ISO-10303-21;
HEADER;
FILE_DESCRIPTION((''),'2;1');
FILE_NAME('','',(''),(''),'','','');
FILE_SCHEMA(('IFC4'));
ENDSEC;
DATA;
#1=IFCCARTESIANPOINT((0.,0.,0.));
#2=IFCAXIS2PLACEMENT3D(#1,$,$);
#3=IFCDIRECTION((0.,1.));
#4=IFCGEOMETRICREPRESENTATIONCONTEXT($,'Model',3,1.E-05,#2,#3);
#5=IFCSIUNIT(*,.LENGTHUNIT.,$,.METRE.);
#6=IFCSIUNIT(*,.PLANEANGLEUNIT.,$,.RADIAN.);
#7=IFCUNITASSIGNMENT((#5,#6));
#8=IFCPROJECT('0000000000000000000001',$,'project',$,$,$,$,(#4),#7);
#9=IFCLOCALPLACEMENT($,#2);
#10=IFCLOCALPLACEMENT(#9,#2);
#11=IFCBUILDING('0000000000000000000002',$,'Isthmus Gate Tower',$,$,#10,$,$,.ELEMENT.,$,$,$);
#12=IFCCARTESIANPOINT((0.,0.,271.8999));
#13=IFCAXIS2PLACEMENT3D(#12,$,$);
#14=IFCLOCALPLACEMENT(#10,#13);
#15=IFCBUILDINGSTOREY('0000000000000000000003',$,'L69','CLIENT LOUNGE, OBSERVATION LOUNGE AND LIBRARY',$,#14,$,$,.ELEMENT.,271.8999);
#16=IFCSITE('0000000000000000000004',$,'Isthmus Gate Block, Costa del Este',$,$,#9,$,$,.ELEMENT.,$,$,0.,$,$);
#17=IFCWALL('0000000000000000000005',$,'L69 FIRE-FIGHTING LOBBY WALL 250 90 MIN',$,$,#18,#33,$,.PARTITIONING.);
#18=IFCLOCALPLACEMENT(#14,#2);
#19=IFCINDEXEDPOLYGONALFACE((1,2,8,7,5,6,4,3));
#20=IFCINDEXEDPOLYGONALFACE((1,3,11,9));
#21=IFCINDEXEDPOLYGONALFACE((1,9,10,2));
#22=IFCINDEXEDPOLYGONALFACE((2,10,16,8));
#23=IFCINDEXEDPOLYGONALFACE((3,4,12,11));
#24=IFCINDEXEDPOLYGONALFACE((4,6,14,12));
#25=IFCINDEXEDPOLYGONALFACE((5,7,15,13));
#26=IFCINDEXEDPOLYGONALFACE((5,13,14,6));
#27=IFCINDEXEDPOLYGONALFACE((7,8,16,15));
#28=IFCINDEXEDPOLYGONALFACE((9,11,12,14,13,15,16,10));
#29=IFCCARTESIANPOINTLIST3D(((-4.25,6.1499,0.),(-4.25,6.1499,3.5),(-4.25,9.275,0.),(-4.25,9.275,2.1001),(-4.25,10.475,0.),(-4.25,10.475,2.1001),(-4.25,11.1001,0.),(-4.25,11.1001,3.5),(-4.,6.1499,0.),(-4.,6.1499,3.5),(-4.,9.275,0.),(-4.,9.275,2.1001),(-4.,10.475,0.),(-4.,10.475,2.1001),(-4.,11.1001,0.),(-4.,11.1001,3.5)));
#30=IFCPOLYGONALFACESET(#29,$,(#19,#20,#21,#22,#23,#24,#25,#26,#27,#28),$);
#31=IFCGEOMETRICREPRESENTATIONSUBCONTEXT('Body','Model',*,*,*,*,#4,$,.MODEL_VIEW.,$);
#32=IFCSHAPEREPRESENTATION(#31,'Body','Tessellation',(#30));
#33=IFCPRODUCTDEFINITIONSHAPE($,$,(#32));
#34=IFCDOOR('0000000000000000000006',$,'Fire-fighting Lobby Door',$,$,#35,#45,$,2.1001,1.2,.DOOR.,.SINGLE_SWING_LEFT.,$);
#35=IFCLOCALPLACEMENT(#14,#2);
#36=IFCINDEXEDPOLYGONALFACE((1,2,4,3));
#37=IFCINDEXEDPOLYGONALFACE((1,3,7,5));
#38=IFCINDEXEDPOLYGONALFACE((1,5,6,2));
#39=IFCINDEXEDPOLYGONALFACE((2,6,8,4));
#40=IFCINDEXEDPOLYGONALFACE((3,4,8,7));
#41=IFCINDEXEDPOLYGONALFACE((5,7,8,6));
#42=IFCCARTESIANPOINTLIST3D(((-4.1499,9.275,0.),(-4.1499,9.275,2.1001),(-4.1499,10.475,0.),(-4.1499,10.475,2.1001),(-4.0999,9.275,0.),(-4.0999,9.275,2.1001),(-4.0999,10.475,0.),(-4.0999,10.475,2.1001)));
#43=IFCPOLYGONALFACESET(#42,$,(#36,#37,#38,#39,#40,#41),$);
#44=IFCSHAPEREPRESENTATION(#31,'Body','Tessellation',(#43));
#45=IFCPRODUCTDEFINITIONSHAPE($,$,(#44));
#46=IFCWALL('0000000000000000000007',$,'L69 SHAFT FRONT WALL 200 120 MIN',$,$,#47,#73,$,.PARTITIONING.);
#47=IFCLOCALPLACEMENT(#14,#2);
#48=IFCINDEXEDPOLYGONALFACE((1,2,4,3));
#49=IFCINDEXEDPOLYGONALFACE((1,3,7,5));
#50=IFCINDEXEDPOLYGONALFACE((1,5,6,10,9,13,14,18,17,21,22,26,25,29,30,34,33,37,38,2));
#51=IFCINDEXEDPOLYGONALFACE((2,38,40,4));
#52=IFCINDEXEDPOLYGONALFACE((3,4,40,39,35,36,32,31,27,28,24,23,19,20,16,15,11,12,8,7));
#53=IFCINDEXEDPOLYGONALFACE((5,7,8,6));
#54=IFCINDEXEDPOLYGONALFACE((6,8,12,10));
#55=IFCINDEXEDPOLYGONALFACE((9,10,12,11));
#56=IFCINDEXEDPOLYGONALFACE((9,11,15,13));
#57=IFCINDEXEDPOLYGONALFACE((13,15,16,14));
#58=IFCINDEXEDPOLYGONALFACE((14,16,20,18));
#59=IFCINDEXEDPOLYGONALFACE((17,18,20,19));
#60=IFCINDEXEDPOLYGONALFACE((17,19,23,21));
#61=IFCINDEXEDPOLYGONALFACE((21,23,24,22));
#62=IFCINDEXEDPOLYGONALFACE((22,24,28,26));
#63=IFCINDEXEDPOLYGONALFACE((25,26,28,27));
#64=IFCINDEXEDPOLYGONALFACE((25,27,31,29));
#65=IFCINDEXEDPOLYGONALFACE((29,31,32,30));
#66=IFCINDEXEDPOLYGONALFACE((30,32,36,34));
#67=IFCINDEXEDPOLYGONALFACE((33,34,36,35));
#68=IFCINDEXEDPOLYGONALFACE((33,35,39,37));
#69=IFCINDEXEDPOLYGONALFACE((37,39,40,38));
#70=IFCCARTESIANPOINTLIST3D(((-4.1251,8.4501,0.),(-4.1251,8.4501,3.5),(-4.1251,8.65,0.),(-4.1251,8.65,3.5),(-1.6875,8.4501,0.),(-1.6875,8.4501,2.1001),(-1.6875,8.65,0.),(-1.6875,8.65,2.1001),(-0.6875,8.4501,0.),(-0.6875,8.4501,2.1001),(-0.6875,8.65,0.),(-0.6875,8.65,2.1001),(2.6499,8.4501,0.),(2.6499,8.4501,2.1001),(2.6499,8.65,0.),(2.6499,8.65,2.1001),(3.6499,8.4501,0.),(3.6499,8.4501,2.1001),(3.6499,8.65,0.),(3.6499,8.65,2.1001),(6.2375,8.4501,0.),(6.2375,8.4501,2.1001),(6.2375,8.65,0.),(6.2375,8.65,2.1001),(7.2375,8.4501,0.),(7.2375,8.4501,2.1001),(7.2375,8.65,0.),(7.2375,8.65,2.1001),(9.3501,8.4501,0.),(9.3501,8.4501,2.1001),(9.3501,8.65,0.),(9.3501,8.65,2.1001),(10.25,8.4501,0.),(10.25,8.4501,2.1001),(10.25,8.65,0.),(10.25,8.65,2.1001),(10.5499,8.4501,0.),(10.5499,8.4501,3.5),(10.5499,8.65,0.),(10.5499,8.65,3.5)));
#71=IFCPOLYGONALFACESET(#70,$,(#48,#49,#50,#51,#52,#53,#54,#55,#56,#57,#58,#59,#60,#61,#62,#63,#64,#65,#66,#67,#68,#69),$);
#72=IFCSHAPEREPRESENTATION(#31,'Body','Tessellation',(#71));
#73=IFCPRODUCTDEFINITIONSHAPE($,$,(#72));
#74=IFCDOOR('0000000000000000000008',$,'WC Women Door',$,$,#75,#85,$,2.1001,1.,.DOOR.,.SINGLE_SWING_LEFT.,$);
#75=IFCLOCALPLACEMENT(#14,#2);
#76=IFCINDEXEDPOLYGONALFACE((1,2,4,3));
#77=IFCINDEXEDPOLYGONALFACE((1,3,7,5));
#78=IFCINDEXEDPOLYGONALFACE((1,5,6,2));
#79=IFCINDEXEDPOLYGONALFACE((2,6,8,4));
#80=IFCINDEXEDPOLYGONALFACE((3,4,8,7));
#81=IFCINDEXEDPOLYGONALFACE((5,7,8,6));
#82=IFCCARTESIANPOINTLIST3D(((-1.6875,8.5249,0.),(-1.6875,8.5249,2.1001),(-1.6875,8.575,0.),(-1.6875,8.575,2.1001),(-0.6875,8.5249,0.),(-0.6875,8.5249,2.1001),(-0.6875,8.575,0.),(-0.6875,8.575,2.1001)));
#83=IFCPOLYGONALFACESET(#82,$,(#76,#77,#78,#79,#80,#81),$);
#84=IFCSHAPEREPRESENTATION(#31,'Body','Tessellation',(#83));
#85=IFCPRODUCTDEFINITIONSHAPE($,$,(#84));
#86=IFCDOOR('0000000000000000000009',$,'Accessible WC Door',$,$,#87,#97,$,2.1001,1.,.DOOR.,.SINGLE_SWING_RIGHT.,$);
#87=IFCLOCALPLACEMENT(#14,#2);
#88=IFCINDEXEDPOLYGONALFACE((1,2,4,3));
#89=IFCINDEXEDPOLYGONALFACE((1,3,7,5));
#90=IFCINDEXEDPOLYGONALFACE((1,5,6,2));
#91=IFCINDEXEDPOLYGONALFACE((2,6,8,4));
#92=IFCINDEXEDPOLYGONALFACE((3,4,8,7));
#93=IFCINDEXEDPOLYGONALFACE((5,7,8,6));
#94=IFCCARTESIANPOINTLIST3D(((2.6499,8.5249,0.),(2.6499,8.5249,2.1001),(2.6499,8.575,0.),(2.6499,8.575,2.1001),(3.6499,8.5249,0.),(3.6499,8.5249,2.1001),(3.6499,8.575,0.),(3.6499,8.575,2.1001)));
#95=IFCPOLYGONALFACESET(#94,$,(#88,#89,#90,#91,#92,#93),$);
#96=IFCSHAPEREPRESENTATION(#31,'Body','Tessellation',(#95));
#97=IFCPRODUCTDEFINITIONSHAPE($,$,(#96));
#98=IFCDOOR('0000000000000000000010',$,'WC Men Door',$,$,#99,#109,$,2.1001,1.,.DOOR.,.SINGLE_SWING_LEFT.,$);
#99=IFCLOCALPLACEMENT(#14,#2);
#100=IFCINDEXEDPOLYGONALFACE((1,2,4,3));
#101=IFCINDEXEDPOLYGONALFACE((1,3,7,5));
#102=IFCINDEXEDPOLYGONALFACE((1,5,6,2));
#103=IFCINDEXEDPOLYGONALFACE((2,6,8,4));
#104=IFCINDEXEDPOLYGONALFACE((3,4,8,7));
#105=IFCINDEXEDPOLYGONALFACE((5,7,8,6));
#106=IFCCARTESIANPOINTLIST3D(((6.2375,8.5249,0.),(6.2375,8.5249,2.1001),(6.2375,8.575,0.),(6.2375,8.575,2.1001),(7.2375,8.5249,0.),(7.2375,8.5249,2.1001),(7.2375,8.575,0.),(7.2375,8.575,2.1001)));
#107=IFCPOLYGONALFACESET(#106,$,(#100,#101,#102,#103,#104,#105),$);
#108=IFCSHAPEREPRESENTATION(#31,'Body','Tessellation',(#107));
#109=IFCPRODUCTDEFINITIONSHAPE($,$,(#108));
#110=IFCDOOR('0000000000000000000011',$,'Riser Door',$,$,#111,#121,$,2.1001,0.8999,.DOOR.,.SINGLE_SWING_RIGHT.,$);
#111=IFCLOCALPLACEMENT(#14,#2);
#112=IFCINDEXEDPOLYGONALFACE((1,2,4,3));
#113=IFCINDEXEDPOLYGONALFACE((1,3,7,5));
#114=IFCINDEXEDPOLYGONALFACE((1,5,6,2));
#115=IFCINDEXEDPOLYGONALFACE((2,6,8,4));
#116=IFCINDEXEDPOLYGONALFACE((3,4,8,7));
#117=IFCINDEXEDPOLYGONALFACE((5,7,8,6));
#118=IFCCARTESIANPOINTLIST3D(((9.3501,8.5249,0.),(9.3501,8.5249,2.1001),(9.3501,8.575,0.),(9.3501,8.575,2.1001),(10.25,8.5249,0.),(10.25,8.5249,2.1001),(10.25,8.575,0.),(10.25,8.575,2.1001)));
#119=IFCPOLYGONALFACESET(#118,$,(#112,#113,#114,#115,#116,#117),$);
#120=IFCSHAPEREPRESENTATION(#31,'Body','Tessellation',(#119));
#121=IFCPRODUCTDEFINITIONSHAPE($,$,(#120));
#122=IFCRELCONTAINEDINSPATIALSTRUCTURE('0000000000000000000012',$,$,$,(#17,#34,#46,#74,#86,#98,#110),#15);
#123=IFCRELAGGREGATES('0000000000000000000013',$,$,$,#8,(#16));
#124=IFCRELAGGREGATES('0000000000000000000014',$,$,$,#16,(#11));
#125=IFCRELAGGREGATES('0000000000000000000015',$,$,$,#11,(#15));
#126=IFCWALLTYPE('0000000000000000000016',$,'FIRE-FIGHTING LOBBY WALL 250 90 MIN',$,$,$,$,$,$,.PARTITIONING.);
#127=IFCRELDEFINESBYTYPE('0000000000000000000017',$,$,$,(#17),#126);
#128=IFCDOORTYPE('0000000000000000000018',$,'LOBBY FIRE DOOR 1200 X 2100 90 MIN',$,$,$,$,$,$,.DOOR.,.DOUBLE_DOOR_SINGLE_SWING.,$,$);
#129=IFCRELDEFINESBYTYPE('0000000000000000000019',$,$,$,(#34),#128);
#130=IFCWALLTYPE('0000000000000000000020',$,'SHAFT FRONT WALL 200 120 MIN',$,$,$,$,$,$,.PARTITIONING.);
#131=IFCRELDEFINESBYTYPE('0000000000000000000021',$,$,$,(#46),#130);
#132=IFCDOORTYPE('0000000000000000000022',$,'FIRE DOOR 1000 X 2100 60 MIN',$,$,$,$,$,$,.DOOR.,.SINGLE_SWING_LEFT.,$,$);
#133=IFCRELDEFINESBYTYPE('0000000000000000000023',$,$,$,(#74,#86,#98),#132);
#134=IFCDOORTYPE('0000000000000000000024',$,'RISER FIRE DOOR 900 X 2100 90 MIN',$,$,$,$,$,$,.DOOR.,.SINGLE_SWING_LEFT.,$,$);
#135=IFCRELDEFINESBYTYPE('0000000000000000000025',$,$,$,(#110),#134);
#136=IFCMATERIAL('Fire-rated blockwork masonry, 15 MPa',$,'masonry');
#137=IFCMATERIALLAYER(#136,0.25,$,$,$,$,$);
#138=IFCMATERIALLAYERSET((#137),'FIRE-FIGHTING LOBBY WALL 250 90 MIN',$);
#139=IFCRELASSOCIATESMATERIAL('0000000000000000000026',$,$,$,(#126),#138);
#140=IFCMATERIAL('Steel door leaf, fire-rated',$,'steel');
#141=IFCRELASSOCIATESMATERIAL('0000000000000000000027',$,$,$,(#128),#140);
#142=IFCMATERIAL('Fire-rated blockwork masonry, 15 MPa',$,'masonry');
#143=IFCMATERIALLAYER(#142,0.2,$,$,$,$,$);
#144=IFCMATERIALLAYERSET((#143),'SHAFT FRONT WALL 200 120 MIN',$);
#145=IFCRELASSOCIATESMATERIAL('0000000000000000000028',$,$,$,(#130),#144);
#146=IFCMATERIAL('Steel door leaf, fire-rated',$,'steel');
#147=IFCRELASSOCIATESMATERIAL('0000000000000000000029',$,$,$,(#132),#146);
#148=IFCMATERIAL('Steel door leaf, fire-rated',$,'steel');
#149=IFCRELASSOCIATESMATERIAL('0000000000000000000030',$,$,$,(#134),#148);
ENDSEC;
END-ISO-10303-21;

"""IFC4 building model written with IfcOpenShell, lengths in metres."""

from ifc_helpers import new_model, si_unit, direction, frame, frame_2d, origin, place, context, subcontext, project, spatial, rectangle, extrude, material, layer, layer_set, type_object, element, fill, save


model = new_model("IFC4")

# Units and contexts
model_context = context("Model", 3, precision=1e-05, world=origin(), true_north=direction((0.0, 1.0)))
body_context = subcontext(model_context, "Body", "Model", "MODEL_VIEW")
ifc_project = project(units=[si_unit("LENGTHUNIT", "METRE"), si_unit("PLANEANGLEUNIT", "RADIAN")], contexts=[model_context])

# Site, building, storey
site_placement = place(None, origin())
site = spatial("IfcSite", under=ifc_project, at=site_placement, Name="Isthmus Gate Block, Costa del Este", CompositionType="ELEMENT", RefElevation=0.0)
building_placement = place(site_placement, origin())
building = spatial("IfcBuilding", under=site, at=building_placement, Name="Isthmus Gate Tower", CompositionType="ELEMENT")
storey_placement = place(building_placement, frame((0.0, 0.0, 271.8999)))
storey = spatial("IfcBuildingStorey", under=building, at=storey_placement, Name="L69", Description="CLIENT LOUNGE, OBSERVATION LOUNGE AND LIBRARY", CompositionType="ELEMENT", Elevation=271.8999)

# Wall, opening, door
ifc_material_1 = material(Name="Fire-rated blockwork masonry, 15 MPa", Category="masonry")
ifc_layer_1 = layer(ifc_material_1, 0.25)
ifc_layer_set_1 = layer_set([ifc_layer_1], Name="FIRE-FIGHTING LOBBY WALL 250 90 MIN")
wall_type_1 = type_object("IfcWallType", Name="FIRE-FIGHTING LOBBY WALL 250 90 MIN", PredefinedType="PARTITIONING", material=ifc_layer_set_1)
wall_1_placement = place(storey_placement, frame((-4.125, 6.1499, 0.0), z_axis=(0.0, 0.0, 1.0), x_axis=(0.0, 1.0, 0.0)))
wall_1 = element("IfcWall", 1, at=wall_1_placement, inside=storey, type_object=wall_type_1, Name="L69 FIRE-FIGHTING LOBBY WALL 250 90 MIN", PredefinedType="PARTITIONING", context=body_context, shape_type="SweptSolid", body=[
    extrude(rectangle(XDim=4.9502, YDim=0.25, at=frame_2d((2.4751, 0.0))), origin(), (0.0, 0.0, 1.0), 3.5),
])
opening_1_placement = place(wall_1_placement, frame((3.125, 0.0, 0.0)))
opening_1 = element("IfcOpeningElement", 2, at=opening_1_placement, cuts=wall_1, PredefinedType="OPENING", context=body_context, shape_type="SweptSolid", body=[
    extrude(rectangle(XDim=1.2, YDim=2.1001, at=frame_2d((0.6001, 1.05))), frame((0.0, 0.135, 0.0), z_axis=(0.0, -1.0, 0.0), x_axis=(1.0, 0.0, 0.0)), (0.0, 0.0, 1.0), 0.27),
])
ifc_material_2 = material(Name="Steel door leaf, fire-rated", Category="steel")
door_type_1 = type_object("IfcDoorType", Name="LOBBY FIRE DOOR 1200 X 2100 90 MIN", OperationType="DOUBLE_DOOR_SINGLE_SWING", PredefinedType="DOOR", material=ifc_material_2)
door_1_placement = place(opening_1_placement, origin())
door_1 = element("IfcDoor", 3, at=door_1_placement, inside=storey, type_object=door_type_1, Name="Fire-fighting Lobby Door", OperationType="SINGLE_SWING_LEFT", OverallHeight=2.1001, OverallWidth=1.2, PredefinedType="DOOR", context=body_context, shape_type="SweptSolid", body=[
    extrude(rectangle(XDim=1.2, YDim=2.1001, at=frame_2d((0.6001, 1.05))), frame((0.0, 0.0249, 0.0), z_axis=(0.0, -1.0, 0.0), x_axis=(1.0, 0.0, 0.0)), (0.0, 0.0, 1.0), 0.05),
])
fill(opening_1, door_1)

# Wall, openings, doors
ifc_material_3 = material(Name="Fire-rated blockwork masonry, 15 MPa", Category="masonry")
ifc_layer_2 = layer(ifc_material_3, 0.2)
ifc_layer_set_2 = layer_set([ifc_layer_2], Name="SHAFT FRONT WALL 200 120 MIN")
wall_type_2 = type_object("IfcWallType", Name="SHAFT FRONT WALL 200 120 MIN", PredefinedType="PARTITIONING", material=ifc_layer_set_2)
wall_2_placement = place(storey_placement, frame((-4.125, 8.55, 0.0), z_axis=(0.0, 0.0, 1.0), x_axis=(1.0, 0.0, 0.0)))
wall_2 = element("IfcWall", 4, at=wall_2_placement, inside=storey, type_object=wall_type_2, Name="L69 SHAFT FRONT WALL 200 120 MIN", PredefinedType="PARTITIONING", context=body_context, shape_type="SweptSolid", body=[
    extrude(rectangle(XDim=14.675, YDim=0.2, at=frame_2d((7.3374, 0.0))), origin(), (0.0, 0.0, 1.0), 3.5),
])
opening_2_placement = place(wall_2_placement, frame((2.4375, 0.0, 0.0)))
opening_2 = element("IfcOpeningElement", 5, at=opening_2_placement, cuts=wall_2, PredefinedType="OPENING", context=body_context, shape_type="SweptSolid", body=[
    extrude(rectangle(XDim=1.0, YDim=2.1001, at=frame_2d((0.5, 1.05))), frame((0.0, 0.1099, 0.0), z_axis=(0.0, -1.0, 0.0), x_axis=(1.0, 0.0, 0.0)), (0.0, 0.0, 1.0), 0.22),
])
opening_3_placement = place(wall_2_placement, frame((6.7749, 0.0, 0.0)))
opening_3 = element("IfcOpeningElement", 6, at=opening_3_placement, cuts=wall_2, PredefinedType="OPENING", context=body_context, shape_type="SweptSolid", body=[
    extrude(rectangle(XDim=1.0, YDim=2.1001, at=frame_2d((0.5, 1.05))), frame((0.0, 0.1099, 0.0), z_axis=(0.0, -1.0, 0.0), x_axis=(1.0, 0.0, 0.0)), (0.0, 0.0, 1.0), 0.22),
])
opening_4_placement = place(wall_2_placement, frame((10.3625, 0.0, 0.0)))
opening_4 = element("IfcOpeningElement", 7, at=opening_4_placement, cuts=wall_2, PredefinedType="OPENING", context=body_context, shape_type="SweptSolid", body=[
    extrude(rectangle(XDim=1.0, YDim=2.1001, at=frame_2d((0.5, 1.05))), frame((0.0, 0.1099, 0.0), z_axis=(0.0, -1.0, 0.0), x_axis=(1.0, 0.0, 0.0)), (0.0, 0.0, 1.0), 0.22),
])
opening_5_placement = place(wall_2_placement, frame((13.4751, 0.0, 0.0)))
opening_5 = element("IfcOpeningElement", 8, at=opening_5_placement, cuts=wall_2, PredefinedType="OPENING", context=body_context, shape_type="SweptSolid", body=[
    extrude(rectangle(XDim=0.8999, YDim=2.1001, at=frame_2d((0.45, 1.05))), frame((0.0, 0.1099, 0.0), z_axis=(0.0, -1.0, 0.0), x_axis=(1.0, 0.0, 0.0)), (0.0, 0.0, 1.0), 0.22),
])
ifc_material_4 = material(Name="Steel door leaf, fire-rated", Category="steel")
door_type_2 = type_object("IfcDoorType", Name="FIRE DOOR 1000 X 2100 60 MIN", OperationType="SINGLE_SWING_LEFT", PredefinedType="DOOR", material=ifc_material_4)
door_2_placement = place(opening_2_placement, origin())
door_2 = element("IfcDoor", 9, at=door_2_placement, inside=storey, type_object=door_type_2, Name="WC Women Door", OperationType="SINGLE_SWING_LEFT", OverallHeight=2.1001, OverallWidth=1.0, PredefinedType="DOOR", context=body_context, shape_type="SweptSolid", body=[
    extrude(rectangle(XDim=1.0, YDim=2.1001, at=frame_2d((0.5, 1.05))), frame((0.0, 0.0249, 0.0), z_axis=(0.0, -1.0, 0.0), x_axis=(1.0, 0.0, 0.0)), (0.0, 0.0, 1.0), 0.05),
])
fill(opening_2, door_2)
door_3_placement = place(opening_3_placement, origin())
door_3 = element("IfcDoor", 10, at=door_3_placement, inside=storey, type_object=door_type_2, Name="Accessible WC Door", OperationType="SINGLE_SWING_RIGHT", OverallHeight=2.1001, OverallWidth=1.0, PredefinedType="DOOR", context=body_context, shape_type="SweptSolid", body=[
    extrude(rectangle(XDim=1.0, YDim=2.1001, at=frame_2d((0.5, 1.05))), frame((0.0, 0.0249, 0.0), z_axis=(0.0, -1.0, 0.0), x_axis=(1.0, 0.0, 0.0)), (0.0, 0.0, 1.0), 0.05),
])
fill(opening_3, door_3)
door_4_placement = place(opening_4_placement, origin())
door_4 = element("IfcDoor", 11, at=door_4_placement, inside=storey, type_object=door_type_2, Name="WC Men Door", OperationType="SINGLE_SWING_LEFT", OverallHeight=2.1001, OverallWidth=1.0, PredefinedType="DOOR", context=body_context, shape_type="SweptSolid", body=[
    extrude(rectangle(XDim=1.0, YDim=2.1001, at=frame_2d((0.5, 1.05))), frame((0.0, 0.0249, 0.0), z_axis=(0.0, -1.0, 0.0), x_axis=(1.0, 0.0, 0.0)), (0.0, 0.0, 1.0), 0.05),
])
fill(opening_4, door_4)
ifc_material_5 = material(Name="Steel door leaf, fire-rated", Category="steel")
door_type_3 = type_object("IfcDoorType", Name="RISER FIRE DOOR 900 X 2100 90 MIN", OperationType="SINGLE_SWING_LEFT", PredefinedType="DOOR", material=ifc_material_5)
door_5_placement = place(opening_5_placement, origin())
door_5 = element("IfcDoor", 12, at=door_5_placement, inside=storey, type_object=door_type_3, Name="Riser Door", OperationType="SINGLE_SWING_RIGHT", OverallHeight=2.1001, OverallWidth=0.8999, PredefinedType="DOOR", context=body_context, shape_type="SweptSolid", body=[
    extrude(rectangle(XDim=0.8999, YDim=2.1001, at=frame_2d((0.45, 1.05))), frame((0.0, 0.0249, 0.0), z_axis=(0.0, -1.0, 0.0), x_axis=(1.0, 0.0, 0.0)), (0.0, 0.0, 1.0), 0.05),
])
fill(opening_5, door_5)

save(model, "model.ifc")
